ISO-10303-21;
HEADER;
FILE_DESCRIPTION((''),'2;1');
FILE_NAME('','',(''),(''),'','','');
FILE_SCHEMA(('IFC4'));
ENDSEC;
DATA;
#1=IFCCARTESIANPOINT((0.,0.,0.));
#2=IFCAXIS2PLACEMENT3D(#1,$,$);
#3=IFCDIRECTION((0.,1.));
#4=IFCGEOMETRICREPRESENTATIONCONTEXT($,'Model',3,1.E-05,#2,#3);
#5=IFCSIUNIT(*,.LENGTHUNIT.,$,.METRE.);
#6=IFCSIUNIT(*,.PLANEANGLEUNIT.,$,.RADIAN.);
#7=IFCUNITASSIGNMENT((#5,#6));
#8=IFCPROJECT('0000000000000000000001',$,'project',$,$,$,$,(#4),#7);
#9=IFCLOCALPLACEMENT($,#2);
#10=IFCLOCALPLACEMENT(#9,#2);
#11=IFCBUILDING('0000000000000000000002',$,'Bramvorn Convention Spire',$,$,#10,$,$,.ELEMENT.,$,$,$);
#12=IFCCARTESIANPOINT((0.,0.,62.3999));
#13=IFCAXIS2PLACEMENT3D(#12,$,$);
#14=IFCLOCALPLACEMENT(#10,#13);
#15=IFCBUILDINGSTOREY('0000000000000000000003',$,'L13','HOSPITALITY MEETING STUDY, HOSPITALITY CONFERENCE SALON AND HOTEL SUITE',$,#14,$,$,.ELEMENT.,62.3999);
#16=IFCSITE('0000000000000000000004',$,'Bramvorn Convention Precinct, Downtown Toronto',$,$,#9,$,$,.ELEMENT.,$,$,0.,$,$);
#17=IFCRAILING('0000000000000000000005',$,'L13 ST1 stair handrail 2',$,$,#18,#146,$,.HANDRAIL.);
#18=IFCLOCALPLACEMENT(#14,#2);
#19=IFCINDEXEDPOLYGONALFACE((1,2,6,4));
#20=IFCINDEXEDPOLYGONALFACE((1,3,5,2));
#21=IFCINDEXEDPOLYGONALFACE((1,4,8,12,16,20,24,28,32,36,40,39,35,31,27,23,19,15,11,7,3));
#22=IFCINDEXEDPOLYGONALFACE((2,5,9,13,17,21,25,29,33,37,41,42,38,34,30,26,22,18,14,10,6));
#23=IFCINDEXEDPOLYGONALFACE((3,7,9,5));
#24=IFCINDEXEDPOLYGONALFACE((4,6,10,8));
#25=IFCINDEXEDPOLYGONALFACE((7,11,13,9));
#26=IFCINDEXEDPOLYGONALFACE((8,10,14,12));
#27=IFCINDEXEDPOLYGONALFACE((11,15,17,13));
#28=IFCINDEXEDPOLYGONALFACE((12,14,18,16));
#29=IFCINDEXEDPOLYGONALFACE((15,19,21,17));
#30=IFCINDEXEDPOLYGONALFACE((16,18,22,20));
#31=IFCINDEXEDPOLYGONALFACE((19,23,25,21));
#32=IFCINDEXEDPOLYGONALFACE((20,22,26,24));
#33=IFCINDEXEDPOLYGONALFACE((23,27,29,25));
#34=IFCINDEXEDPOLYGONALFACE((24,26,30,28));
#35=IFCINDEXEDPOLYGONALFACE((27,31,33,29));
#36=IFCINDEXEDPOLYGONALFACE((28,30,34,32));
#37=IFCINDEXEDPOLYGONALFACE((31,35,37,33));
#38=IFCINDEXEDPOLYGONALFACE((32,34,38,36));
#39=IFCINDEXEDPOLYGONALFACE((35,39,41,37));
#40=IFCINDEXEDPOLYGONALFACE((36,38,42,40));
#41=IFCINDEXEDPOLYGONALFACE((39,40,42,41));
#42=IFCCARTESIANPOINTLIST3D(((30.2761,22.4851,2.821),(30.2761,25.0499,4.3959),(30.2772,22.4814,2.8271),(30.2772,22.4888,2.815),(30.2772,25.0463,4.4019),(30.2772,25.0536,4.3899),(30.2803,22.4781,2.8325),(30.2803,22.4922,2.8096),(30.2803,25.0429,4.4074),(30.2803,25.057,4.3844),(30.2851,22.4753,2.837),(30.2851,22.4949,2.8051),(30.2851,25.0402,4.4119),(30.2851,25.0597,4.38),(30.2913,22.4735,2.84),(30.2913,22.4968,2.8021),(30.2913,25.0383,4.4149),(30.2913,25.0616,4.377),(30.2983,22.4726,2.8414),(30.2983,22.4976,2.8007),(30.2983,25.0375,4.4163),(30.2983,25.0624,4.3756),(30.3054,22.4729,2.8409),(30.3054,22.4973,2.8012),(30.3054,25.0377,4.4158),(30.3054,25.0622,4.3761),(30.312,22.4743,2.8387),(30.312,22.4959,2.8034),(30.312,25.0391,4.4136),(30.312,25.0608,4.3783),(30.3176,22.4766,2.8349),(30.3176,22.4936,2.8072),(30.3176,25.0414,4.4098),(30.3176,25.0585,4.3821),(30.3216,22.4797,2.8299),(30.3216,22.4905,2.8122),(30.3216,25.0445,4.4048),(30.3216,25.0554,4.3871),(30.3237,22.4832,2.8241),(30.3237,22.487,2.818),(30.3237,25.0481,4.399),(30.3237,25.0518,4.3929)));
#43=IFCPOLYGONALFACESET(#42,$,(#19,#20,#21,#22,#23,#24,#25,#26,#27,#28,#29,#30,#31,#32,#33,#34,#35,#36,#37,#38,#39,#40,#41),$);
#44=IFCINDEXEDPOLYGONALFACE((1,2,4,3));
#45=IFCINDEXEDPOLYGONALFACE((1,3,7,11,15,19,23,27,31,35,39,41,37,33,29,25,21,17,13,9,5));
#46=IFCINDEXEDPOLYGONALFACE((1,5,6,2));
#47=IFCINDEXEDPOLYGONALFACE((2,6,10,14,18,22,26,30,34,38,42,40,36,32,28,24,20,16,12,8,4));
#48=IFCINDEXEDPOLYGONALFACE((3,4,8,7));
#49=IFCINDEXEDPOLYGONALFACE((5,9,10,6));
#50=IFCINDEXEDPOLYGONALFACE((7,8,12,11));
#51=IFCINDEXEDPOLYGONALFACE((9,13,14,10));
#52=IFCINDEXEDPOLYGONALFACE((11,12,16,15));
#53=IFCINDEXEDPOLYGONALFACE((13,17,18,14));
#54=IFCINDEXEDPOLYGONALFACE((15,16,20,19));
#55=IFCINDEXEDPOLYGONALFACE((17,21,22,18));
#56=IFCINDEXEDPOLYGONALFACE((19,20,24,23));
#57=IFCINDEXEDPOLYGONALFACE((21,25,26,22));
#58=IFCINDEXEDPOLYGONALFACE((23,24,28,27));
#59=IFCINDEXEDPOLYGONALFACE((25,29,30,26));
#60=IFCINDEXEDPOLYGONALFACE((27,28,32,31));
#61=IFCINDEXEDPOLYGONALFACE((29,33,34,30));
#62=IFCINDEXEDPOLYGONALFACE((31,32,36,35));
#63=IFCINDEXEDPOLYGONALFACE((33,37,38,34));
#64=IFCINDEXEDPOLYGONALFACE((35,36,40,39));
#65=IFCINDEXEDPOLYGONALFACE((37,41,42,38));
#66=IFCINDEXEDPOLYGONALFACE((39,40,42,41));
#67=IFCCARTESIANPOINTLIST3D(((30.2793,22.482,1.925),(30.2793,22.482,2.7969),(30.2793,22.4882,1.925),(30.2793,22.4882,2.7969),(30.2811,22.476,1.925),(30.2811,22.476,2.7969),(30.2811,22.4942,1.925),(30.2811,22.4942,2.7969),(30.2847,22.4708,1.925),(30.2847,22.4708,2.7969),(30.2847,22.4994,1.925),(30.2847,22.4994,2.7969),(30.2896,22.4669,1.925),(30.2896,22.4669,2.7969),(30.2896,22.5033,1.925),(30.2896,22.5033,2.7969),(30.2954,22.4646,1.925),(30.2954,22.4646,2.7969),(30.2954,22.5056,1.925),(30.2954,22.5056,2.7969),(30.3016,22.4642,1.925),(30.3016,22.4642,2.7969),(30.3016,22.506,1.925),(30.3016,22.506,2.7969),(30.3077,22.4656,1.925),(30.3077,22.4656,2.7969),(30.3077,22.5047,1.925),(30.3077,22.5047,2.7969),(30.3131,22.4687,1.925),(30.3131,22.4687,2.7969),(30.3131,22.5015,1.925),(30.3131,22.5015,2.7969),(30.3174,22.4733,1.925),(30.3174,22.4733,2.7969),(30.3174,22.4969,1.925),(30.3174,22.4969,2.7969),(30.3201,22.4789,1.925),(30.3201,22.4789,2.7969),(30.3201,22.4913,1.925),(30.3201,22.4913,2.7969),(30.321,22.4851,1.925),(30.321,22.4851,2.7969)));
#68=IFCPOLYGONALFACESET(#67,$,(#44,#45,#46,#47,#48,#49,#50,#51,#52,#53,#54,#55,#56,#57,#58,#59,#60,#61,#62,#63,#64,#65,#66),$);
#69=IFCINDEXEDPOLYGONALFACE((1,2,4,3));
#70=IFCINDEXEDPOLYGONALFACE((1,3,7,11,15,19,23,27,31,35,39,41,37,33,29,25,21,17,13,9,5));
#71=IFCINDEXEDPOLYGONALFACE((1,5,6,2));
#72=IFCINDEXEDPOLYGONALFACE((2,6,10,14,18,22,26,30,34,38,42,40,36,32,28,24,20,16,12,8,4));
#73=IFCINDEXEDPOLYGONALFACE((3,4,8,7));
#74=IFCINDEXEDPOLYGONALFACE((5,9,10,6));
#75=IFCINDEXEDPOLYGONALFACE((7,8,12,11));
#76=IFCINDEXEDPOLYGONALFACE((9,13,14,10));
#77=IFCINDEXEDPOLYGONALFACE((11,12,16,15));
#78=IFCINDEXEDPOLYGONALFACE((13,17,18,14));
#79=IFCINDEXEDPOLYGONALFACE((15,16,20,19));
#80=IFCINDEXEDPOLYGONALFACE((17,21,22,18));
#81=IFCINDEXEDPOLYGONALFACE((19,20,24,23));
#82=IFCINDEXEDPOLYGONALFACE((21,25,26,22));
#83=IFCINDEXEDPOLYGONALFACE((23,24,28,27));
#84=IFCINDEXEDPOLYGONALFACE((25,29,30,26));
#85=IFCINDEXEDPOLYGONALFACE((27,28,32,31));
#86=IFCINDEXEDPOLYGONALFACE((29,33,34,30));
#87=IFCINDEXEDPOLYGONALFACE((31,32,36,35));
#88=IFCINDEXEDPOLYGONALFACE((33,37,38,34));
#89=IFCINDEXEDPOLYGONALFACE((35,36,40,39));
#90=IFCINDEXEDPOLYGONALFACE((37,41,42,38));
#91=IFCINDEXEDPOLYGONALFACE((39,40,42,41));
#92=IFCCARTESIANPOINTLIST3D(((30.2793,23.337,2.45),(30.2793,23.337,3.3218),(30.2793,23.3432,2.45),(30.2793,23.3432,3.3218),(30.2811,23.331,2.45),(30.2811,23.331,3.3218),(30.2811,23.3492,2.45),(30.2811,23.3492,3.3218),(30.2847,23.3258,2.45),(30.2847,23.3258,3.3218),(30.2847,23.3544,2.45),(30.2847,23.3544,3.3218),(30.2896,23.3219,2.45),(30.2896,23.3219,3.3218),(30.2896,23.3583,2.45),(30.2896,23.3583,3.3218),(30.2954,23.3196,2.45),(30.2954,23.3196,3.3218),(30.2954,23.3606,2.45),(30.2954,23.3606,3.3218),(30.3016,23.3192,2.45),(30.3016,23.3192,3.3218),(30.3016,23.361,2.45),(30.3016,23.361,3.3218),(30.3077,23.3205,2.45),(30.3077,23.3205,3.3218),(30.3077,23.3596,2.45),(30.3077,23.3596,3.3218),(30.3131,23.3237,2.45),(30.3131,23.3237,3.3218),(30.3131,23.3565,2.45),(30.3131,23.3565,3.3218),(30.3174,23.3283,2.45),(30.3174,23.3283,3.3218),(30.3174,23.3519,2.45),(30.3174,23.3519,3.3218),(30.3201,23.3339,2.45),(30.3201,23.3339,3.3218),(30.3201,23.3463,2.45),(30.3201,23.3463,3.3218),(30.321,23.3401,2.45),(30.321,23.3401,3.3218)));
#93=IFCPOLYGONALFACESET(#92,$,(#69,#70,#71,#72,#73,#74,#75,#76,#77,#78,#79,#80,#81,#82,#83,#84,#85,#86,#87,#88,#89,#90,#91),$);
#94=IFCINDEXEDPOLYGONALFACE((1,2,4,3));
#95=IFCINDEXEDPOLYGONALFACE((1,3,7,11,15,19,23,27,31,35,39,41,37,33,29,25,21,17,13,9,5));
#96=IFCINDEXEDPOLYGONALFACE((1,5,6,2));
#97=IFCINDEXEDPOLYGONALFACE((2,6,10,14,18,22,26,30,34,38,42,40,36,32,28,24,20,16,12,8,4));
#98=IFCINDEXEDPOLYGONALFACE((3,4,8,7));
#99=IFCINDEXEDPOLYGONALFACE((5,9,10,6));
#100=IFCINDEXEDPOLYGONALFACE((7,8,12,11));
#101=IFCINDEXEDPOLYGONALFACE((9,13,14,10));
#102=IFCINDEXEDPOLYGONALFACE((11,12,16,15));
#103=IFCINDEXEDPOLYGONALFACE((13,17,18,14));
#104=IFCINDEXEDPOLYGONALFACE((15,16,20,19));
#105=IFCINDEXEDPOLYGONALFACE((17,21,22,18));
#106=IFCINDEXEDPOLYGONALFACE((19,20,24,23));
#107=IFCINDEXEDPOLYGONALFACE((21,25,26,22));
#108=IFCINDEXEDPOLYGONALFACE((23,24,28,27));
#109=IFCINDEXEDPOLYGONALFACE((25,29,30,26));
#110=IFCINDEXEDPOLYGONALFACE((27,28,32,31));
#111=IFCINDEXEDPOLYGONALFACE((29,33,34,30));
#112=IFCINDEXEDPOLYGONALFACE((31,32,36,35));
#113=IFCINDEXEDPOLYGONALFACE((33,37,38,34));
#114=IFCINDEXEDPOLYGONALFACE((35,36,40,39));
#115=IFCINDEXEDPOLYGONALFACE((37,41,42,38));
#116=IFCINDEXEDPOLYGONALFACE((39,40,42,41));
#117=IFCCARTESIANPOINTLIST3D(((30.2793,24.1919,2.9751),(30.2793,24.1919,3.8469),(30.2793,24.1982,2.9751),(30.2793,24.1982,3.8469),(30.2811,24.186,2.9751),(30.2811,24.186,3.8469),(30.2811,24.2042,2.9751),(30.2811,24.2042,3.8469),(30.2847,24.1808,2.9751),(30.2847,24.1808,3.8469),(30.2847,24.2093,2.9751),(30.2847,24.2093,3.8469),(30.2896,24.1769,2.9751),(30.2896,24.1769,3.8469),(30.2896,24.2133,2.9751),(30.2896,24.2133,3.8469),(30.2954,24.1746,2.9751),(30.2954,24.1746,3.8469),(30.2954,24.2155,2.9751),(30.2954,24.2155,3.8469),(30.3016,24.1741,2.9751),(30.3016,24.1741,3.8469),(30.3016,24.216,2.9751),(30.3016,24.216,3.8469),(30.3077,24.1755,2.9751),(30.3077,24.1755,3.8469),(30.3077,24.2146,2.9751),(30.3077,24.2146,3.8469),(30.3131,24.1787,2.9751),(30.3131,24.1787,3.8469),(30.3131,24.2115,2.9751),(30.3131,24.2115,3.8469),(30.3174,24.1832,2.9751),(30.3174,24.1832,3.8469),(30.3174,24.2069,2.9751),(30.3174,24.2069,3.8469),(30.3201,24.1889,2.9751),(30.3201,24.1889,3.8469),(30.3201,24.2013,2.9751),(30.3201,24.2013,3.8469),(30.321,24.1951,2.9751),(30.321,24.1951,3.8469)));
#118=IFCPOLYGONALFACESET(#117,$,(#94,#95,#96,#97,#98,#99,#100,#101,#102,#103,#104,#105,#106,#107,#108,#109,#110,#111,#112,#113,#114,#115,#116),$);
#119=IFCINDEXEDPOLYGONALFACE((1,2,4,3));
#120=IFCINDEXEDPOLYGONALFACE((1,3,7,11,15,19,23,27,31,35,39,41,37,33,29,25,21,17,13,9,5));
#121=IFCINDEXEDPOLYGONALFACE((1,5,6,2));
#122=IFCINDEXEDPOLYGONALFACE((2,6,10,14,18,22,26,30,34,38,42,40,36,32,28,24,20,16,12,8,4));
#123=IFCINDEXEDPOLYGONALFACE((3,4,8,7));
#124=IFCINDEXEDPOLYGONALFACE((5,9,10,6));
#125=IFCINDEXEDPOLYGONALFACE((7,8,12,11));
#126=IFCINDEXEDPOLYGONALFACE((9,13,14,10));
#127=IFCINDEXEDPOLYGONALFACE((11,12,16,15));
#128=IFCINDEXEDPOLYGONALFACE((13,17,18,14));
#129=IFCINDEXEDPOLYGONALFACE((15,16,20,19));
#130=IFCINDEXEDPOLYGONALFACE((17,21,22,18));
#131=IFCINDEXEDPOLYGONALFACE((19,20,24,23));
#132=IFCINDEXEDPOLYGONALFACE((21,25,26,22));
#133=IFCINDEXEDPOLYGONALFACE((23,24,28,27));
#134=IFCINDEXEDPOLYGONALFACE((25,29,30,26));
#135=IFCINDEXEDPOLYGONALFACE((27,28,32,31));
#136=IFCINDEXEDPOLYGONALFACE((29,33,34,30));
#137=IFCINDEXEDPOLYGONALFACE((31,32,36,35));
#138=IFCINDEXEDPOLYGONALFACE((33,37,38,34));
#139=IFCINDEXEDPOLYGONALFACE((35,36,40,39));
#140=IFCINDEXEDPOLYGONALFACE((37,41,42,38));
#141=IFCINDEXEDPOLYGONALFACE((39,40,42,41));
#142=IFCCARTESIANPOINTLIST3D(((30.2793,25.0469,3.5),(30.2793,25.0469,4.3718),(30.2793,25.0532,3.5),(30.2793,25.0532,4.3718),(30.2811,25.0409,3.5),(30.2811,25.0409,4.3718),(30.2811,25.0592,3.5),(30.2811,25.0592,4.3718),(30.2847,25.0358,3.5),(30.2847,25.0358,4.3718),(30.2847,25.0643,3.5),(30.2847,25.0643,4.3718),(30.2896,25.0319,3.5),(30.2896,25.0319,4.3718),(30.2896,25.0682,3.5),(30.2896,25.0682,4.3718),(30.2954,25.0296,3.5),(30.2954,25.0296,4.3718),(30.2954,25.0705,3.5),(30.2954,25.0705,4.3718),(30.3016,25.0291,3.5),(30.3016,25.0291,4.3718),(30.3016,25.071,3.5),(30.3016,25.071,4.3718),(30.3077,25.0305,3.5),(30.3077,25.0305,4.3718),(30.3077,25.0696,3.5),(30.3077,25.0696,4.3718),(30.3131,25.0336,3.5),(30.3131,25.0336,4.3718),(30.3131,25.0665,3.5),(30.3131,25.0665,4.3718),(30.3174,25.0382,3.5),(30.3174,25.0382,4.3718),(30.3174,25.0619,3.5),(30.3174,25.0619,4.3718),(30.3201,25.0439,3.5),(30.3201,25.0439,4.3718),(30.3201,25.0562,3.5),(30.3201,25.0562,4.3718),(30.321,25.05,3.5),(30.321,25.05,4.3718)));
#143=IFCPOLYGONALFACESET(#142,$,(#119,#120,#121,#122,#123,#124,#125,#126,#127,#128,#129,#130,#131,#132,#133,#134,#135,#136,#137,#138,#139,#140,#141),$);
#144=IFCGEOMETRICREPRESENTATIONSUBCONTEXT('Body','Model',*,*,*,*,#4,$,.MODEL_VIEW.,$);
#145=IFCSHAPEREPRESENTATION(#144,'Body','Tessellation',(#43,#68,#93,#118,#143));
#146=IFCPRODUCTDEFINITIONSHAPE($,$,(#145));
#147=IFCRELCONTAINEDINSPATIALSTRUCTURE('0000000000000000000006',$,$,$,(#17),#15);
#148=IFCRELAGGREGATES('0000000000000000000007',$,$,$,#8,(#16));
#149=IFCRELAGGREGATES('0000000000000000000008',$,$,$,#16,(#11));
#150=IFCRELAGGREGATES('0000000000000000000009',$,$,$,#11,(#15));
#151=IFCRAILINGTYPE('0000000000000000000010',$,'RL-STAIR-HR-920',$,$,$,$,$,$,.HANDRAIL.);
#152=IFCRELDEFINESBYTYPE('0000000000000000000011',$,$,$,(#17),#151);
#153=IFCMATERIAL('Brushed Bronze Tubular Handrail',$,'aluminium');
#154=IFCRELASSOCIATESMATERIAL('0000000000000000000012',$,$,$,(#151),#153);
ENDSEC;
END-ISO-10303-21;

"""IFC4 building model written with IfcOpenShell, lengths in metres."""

from ifc_helpers import new_model, si_unit, direction, frame, origin, origin_2d, place, context, subcontext, project, spatial, circle, extrude, material, type_object, element, save


model = new_model("IFC4")

# Units and contexts
model_context = context("Model", 3, precision=1e-05, world=origin(), true_north=direction((0.0, 1.0)))
body_context = subcontext(model_context, "Body", "Model", "MODEL_VIEW")
ifc_project = project(units=[si_unit("LENGTHUNIT", "METRE"), si_unit("PLANEANGLEUNIT", "RADIAN")], contexts=[model_context])

# Site, building, storey
site_placement = place(None, origin())
site = spatial("IfcSite", under=ifc_project, at=site_placement, Name="Bramvorn Convention Precinct, Downtown Toronto", CompositionType="ELEMENT", RefElevation=0.0)
building_placement = place(site_placement, origin())
building = spatial("IfcBuilding", under=site, at=building_placement, Name="Bramvorn Convention Spire", CompositionType="ELEMENT")
storey_placement = place(building_placement, frame((0.0, 0.0, 62.3999)))
storey = spatial("IfcBuildingStorey", under=building, at=storey_placement, Name="L13", Description="HOSPITALITY MEETING STUDY, HOSPITALITY CONFERENCE SALON AND HOTEL SUITE", CompositionType="ELEMENT", Elevation=62.3999)

# Railing
ifc_material_1 = material(Name="Brushed Bronze Tubular Handrail", Category="aluminium")
railing_type_1 = type_object("IfcRailingType", Name="RL-STAIR-HR-920", PredefinedType="HANDRAIL", material=ifc_material_1)
railing_1_placement = place(storey_placement, frame((30.3, 22.4851, 1.925)))
element("IfcRailing", 1, at=railing_1_placement, inside=storey, type_object=railing_type_1, Name="L13 ST1 stair handrail 2", PredefinedType="HANDRAIL", context=body_context, shape_type="SweptSolid", body=[
    extrude(circle(Radius=0.0239, at=origin_2d()), frame((0.0, 0.0, 0.896), z_axis=(0.0, 0.852173, 0.52326), x_axis=(-1.0, 0.0, 0.0)), (0.0, 0.0, 1.0), 3.0098),
    extrude(circle(Radius=0.021, at=origin_2d()), origin(), (0.0, 0.0, 1.0), 0.8718),
    extrude(circle(Radius=0.021, at=origin_2d()), frame((0.0, 0.855, 0.5249)), (0.0, 0.0, 1.0), 0.8718),
    extrude(circle(Radius=0.021, at=origin_2d()), frame((0.0, 1.71, 1.05)), (0.0, 0.0, 1.0), 0.8718),
    extrude(circle(Radius=0.021, at=origin_2d()), frame((0.0, 2.5649, 1.575)), (0.0, 0.0, 1.0), 0.8718),
])

save(model, "model.ifc")
